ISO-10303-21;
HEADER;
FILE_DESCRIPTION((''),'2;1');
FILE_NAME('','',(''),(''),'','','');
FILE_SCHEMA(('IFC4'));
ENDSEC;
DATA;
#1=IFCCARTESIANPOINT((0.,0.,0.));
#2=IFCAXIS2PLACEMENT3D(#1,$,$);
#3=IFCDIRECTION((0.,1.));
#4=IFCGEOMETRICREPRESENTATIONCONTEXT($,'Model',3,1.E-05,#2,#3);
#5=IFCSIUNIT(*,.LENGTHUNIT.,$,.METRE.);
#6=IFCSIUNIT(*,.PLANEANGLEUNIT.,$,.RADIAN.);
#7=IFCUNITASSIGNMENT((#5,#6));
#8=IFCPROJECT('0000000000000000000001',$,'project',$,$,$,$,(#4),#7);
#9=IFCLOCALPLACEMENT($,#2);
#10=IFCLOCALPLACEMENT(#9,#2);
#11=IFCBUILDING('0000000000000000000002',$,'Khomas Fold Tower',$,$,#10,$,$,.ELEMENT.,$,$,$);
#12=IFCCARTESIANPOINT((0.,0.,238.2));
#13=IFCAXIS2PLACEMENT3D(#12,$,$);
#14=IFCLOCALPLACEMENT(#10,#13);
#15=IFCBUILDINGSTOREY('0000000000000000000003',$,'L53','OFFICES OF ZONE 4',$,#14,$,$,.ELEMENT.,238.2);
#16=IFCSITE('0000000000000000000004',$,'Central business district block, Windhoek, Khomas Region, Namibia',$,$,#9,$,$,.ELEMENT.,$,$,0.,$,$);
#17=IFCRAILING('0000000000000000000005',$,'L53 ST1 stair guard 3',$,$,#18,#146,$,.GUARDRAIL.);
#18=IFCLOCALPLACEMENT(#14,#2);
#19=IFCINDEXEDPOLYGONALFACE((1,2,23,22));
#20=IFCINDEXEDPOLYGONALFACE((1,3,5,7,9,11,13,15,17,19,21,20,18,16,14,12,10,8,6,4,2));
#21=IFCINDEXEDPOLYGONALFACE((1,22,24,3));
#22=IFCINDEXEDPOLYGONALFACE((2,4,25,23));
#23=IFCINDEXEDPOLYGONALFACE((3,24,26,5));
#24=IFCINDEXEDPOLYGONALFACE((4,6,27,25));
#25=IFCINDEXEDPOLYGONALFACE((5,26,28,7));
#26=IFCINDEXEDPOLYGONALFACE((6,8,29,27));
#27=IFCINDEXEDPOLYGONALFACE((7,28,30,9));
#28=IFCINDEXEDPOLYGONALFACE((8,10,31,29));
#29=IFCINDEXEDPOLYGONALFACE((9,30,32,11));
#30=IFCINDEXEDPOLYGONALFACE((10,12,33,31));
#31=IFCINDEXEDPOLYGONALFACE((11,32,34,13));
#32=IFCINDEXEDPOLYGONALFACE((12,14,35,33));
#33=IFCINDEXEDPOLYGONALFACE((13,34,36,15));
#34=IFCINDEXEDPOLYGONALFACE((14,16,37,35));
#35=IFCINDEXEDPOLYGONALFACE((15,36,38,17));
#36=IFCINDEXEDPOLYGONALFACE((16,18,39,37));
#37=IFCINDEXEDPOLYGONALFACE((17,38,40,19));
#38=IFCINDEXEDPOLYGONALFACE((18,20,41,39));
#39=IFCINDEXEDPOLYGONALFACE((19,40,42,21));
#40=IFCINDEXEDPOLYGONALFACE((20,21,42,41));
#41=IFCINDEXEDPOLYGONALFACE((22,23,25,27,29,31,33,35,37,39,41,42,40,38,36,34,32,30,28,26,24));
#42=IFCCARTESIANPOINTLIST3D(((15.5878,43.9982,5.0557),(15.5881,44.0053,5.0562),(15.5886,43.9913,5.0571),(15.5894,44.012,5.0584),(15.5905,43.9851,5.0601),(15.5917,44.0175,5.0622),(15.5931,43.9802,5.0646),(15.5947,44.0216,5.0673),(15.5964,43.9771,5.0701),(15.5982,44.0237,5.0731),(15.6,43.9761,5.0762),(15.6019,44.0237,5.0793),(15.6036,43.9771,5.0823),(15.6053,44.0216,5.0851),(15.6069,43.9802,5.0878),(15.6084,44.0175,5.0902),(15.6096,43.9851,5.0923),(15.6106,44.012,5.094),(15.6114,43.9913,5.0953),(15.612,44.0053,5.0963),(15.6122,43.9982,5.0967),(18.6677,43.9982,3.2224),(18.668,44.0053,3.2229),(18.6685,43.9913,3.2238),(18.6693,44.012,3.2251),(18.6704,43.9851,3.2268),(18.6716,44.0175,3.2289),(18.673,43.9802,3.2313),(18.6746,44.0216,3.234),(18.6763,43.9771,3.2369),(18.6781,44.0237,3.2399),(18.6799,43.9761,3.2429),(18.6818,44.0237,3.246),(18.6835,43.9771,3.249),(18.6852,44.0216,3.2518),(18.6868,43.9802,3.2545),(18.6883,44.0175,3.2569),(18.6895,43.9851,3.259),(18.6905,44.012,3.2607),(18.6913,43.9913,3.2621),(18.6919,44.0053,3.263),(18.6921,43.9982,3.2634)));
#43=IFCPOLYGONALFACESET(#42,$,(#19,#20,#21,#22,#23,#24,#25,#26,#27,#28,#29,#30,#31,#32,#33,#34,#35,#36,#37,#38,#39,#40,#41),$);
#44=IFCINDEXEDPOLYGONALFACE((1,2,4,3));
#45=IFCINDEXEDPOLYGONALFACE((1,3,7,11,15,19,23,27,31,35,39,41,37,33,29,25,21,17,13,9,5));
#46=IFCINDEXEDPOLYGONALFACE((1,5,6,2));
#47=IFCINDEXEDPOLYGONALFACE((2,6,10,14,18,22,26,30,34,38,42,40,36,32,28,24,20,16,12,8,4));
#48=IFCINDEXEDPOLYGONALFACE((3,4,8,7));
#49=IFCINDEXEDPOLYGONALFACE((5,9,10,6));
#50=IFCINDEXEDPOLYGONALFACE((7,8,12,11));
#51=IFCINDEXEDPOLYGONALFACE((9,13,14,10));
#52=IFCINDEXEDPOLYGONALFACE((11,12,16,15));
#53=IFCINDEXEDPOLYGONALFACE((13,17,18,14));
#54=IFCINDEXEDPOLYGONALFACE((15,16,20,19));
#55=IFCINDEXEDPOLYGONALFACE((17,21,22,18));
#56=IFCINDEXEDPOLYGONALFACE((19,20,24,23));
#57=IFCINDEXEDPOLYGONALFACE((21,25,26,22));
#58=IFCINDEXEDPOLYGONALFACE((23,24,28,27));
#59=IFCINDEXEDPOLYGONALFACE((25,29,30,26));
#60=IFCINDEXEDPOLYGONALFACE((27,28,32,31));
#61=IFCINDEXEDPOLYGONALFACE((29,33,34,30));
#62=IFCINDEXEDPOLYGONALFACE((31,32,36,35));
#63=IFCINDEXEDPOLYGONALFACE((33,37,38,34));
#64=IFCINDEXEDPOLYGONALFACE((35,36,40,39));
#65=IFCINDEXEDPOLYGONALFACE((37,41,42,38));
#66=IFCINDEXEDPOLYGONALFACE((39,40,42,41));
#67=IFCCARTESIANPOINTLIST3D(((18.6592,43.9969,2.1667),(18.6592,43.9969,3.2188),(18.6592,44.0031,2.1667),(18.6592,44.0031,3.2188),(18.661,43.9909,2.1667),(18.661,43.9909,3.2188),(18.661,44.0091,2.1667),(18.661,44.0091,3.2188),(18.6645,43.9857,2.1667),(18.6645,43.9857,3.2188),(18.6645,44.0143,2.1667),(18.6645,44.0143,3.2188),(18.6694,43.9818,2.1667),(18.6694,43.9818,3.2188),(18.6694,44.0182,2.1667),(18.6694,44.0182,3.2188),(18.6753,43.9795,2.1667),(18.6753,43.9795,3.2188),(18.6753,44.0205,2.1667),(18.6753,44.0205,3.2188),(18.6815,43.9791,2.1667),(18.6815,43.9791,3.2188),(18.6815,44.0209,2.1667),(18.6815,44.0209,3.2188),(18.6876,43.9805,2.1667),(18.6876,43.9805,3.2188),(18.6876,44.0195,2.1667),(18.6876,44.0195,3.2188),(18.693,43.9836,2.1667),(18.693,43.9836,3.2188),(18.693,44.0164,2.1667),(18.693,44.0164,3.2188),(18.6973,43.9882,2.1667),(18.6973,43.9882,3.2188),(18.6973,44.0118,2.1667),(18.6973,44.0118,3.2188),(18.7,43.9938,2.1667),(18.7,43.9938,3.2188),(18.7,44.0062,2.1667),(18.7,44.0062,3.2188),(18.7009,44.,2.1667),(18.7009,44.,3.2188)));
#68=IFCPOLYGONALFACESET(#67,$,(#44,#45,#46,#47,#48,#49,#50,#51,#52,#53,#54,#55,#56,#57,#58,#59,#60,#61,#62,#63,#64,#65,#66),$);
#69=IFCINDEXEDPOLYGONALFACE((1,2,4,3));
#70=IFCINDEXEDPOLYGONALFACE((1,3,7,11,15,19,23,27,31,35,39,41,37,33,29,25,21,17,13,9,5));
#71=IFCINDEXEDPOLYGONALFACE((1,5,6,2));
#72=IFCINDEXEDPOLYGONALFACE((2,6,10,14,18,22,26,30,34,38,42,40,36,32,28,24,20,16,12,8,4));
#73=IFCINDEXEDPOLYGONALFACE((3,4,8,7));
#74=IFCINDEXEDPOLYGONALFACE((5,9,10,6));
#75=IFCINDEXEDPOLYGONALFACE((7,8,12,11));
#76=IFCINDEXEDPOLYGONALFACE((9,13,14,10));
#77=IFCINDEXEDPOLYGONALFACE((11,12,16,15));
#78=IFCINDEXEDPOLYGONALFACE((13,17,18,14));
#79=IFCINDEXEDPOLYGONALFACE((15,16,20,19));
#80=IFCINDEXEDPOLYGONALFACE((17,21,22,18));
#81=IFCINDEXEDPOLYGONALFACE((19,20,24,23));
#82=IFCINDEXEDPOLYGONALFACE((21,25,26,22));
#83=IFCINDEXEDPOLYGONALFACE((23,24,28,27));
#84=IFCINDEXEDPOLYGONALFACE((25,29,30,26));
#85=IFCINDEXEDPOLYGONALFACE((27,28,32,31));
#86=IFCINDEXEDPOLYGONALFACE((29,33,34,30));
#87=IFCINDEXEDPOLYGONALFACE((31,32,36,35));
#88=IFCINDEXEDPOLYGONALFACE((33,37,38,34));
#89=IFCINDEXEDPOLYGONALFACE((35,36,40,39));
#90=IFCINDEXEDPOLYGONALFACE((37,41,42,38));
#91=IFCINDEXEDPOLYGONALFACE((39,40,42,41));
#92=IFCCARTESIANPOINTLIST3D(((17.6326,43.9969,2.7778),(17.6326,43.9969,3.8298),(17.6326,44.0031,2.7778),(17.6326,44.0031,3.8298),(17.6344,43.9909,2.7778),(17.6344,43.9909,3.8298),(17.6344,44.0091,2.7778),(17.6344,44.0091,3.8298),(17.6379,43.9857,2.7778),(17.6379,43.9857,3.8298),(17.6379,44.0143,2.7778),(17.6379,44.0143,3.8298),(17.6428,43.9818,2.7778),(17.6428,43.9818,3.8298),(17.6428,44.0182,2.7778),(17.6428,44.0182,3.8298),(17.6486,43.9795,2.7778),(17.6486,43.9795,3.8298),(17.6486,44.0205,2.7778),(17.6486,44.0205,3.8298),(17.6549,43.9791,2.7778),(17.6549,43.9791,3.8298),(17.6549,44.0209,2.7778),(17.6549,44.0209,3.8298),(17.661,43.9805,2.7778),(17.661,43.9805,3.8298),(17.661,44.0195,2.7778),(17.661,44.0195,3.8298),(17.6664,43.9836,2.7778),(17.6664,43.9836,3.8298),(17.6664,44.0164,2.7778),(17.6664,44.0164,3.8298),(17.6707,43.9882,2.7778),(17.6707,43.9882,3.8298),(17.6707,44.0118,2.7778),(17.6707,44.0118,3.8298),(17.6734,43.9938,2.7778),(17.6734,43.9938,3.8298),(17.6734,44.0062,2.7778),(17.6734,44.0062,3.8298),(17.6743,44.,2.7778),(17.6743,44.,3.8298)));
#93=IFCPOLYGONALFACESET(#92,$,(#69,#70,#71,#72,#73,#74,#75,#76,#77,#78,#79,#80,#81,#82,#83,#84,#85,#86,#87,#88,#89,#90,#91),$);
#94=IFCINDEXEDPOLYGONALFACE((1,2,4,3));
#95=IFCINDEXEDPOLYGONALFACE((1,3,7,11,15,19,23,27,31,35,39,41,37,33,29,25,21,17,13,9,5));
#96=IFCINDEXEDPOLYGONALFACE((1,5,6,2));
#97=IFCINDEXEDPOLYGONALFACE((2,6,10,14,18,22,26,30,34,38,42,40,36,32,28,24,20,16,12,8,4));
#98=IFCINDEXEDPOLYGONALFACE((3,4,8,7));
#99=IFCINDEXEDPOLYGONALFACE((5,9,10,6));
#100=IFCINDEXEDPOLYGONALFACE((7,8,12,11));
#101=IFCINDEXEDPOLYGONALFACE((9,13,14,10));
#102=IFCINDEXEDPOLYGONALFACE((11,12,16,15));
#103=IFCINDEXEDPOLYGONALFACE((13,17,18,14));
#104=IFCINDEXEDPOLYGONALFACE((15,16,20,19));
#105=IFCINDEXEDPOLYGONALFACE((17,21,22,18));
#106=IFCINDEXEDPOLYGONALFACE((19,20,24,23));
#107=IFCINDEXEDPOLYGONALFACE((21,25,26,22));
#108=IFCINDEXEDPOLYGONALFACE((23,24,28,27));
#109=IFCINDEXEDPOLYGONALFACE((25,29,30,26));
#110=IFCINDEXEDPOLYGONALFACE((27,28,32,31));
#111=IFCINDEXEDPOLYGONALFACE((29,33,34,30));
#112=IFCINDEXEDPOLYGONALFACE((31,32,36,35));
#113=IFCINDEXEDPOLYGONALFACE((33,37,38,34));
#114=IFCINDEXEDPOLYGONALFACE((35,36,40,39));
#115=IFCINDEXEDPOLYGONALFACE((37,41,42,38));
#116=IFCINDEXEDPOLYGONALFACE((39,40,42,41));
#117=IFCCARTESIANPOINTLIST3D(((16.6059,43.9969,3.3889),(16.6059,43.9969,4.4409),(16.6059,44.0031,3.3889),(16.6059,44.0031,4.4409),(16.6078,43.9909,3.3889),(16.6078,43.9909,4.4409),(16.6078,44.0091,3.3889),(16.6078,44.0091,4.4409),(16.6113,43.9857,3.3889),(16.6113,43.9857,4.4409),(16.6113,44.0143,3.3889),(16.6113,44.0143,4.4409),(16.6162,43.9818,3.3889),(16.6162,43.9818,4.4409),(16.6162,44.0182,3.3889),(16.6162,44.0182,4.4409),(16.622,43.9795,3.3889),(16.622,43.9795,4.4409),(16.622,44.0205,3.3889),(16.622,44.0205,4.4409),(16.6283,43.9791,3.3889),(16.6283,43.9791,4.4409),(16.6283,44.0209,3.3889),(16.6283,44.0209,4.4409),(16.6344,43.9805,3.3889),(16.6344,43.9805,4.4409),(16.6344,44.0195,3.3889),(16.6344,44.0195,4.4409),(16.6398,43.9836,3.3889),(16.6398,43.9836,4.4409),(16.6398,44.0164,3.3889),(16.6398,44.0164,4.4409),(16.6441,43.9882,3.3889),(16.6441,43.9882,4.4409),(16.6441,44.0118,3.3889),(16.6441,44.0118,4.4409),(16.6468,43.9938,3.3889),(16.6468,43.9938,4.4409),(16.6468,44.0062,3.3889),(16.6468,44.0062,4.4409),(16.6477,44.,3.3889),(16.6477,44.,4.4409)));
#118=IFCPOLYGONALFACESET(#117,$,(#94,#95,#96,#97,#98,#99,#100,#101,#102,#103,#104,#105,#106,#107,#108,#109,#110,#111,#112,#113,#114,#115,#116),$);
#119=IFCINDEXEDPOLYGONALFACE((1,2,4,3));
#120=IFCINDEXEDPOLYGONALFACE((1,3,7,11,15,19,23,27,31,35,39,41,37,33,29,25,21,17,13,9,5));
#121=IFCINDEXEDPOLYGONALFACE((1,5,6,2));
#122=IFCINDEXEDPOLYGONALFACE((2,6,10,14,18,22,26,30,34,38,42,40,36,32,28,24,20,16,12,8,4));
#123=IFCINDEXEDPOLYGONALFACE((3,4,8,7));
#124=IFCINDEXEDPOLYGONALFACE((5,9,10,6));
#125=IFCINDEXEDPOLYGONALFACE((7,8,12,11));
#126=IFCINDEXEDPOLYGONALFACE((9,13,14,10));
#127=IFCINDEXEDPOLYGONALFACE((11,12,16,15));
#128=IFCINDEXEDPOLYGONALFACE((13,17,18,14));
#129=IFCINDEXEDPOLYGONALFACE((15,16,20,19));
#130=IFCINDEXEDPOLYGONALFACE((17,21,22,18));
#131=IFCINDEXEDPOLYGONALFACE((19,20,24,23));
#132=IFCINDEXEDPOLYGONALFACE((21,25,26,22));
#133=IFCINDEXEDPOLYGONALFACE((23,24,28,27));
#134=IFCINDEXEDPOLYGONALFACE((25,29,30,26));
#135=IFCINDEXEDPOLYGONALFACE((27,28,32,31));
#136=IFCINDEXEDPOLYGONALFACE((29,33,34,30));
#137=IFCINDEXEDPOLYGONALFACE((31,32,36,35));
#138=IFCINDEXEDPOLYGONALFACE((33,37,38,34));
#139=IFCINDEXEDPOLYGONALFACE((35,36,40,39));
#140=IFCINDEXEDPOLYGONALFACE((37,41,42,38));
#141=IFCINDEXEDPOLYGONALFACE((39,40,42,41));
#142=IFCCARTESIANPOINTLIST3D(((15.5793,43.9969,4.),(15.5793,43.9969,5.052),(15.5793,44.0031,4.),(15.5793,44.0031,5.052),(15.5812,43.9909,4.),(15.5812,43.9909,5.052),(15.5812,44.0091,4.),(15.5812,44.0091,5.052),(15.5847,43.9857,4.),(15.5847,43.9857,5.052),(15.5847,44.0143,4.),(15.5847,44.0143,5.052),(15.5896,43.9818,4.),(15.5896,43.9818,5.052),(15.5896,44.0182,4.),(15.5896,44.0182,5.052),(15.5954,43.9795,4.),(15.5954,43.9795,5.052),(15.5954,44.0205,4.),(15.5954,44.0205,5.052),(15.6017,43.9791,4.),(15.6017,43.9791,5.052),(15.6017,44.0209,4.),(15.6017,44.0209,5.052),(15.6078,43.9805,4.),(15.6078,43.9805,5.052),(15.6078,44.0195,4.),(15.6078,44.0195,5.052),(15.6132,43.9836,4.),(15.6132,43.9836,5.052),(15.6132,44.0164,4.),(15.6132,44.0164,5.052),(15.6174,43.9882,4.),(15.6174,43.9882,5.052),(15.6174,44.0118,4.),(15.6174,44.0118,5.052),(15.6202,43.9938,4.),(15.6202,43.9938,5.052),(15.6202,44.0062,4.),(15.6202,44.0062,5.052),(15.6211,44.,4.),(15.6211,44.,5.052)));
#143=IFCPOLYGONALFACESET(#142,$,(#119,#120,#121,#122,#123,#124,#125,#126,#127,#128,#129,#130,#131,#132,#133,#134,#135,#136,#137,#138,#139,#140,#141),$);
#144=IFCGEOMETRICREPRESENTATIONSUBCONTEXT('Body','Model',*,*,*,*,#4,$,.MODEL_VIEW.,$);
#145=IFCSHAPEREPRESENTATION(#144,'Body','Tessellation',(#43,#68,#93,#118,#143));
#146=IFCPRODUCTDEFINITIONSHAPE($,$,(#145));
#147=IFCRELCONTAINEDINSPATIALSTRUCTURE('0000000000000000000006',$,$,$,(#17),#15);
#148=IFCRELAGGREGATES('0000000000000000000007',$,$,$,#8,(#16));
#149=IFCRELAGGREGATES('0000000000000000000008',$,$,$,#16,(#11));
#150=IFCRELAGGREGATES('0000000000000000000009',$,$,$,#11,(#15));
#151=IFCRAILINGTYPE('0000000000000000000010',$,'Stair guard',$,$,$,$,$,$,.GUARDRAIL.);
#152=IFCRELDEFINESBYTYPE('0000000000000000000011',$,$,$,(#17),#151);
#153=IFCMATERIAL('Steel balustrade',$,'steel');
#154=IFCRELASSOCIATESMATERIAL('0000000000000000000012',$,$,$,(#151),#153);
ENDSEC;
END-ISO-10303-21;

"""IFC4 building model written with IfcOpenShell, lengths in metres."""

from ifc_helpers import new_model, si_unit, direction, frame, origin, origin_2d, place, context, subcontext, project, spatial, circle, extrude, source, transform, mapped, material, type_object, element, save


model = new_model("IFC4")

# Units and contexts
model_context = context("Model", 3, precision=1e-05, world=origin(), true_north=direction((0.0, 1.0)))
body_context = subcontext(model_context, "Body", "Model", "MODEL_VIEW")
ifc_project = project(units=[si_unit("LENGTHUNIT", "METRE"), si_unit("PLANEANGLEUNIT", "RADIAN")], contexts=[model_context])

# Site, building, storey
site_placement = place(None, origin())
site = spatial("IfcSite", under=ifc_project, at=site_placement, Name="Central business district block, Windhoek, Khomas Region, Namibia", CompositionType="ELEMENT", RefElevation=0.0)
building_placement = place(site_placement, origin())
building = spatial("IfcBuilding", under=site, at=building_placement, Name="Khomas Fold Tower", CompositionType="ELEMENT")
storey_placement = place(building_placement, frame((0.0, 0.0, 238.2)))
storey = spatial("IfcBuildingStorey", under=building, at=storey_placement, Name="L53", Description="OFFICES OF ZONE 4", CompositionType="ELEMENT", Elevation=238.2)

# Railing
ifc_material_1 = material(Name="Steel balustrade", Category="steel")
railing_type_1 = type_object("IfcRailingType", Name="Stair guard", PredefinedType="GUARDRAIL", material=ifc_material_1)
shared_shape_1 = source(origin(), body_context, "Body", "SweptSolid", [
    extrude(circle(Radius=0.0239, at=origin_2d()), frame((0.0, 0.0, 1.0762), z_axis=(-0.859291, 0.0, 0.511487), x_axis=(0.0, -1.0, 0.0)), (0.0, 0.0, 1.0), 3.5842),
    extrude(circle(Radius=0.021, at=origin_2d()), origin(), (0.0, 0.0, 1.0), 1.052),
    extrude(circle(Radius=0.021, at=origin_2d()), frame((-1.0266, 0.0, 0.6111)), (0.0, 0.0, 1.0), 1.052),
    extrude(circle(Radius=0.021, at=origin_2d()), frame((-2.0532, 0.0, 1.2222)), (0.0, 0.0, 1.0), 1.052),
    extrude(circle(Radius=0.021, at=origin_2d()), frame((-3.0798, 0.0, 1.8333)), (0.0, 0.0, 1.0), 1.052),
])
railing_1_placement = place(storey_placement, frame((18.6799, 44.0, 2.1667)))
element("IfcRailing", 1, at=railing_1_placement, inside=storey, type_object=railing_type_1, Name="L53 ST1 stair guard 3", PredefinedType="GUARDRAIL", context=body_context, shape_type="MappedRepresentation", body=[
    mapped(shared_shape_1, transform((0.0, 0.0, 0.0))),
])

save(model, "model.ifc")
